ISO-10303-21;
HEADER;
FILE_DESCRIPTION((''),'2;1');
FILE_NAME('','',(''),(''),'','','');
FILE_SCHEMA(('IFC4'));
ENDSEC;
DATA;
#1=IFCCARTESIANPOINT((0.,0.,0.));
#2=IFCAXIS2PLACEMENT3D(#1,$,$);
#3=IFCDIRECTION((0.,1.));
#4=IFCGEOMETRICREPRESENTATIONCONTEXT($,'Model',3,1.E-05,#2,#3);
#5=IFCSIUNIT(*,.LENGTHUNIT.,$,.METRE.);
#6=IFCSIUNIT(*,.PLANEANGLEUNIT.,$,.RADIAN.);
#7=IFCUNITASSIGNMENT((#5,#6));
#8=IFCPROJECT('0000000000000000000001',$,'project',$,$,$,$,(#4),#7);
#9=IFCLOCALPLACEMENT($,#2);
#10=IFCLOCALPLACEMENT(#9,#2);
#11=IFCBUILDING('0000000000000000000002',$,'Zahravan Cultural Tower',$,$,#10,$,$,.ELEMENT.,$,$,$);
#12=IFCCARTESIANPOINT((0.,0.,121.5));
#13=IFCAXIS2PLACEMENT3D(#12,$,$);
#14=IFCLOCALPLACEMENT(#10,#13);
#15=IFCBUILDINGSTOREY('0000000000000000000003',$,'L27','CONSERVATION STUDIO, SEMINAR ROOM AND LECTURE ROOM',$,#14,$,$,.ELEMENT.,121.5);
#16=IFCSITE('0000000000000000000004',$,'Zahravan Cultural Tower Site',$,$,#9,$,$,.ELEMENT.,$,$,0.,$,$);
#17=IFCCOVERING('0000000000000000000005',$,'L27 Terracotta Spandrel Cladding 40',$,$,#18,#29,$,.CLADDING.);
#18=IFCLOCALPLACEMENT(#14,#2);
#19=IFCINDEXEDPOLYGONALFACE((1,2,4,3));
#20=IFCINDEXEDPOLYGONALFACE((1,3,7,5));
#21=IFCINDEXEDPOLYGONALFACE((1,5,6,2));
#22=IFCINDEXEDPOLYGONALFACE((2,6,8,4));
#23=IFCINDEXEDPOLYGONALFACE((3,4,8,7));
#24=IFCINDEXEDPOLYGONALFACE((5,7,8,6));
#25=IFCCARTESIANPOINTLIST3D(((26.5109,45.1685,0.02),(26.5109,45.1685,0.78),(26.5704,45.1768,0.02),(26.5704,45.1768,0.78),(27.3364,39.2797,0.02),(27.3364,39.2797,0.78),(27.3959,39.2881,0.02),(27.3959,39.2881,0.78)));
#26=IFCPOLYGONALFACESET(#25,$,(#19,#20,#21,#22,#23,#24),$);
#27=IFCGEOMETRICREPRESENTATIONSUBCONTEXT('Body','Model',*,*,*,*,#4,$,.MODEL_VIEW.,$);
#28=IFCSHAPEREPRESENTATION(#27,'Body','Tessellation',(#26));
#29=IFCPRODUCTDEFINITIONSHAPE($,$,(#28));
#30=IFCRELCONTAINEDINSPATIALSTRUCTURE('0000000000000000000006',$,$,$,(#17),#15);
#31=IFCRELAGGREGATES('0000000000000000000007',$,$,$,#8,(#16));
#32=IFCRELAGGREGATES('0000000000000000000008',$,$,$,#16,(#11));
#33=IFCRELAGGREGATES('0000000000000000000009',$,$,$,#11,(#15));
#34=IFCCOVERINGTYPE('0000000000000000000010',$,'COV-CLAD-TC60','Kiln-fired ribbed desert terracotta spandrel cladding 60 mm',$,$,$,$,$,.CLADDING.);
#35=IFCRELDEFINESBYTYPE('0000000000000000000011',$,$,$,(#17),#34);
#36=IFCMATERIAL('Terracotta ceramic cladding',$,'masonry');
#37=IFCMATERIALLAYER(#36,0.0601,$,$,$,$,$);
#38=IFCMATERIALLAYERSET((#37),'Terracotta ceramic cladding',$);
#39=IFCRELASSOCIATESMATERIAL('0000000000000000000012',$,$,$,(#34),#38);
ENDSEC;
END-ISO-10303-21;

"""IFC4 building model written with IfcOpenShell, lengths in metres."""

from ifc_helpers import new_model, si_unit, direction, frame, origin, origin_2d, place, context, subcontext, project, spatial, rectangle, extrude, source, transform, mapped, material, layer, layer_set, type_object, element, save


model = new_model("IFC4")

# Units and contexts
model_context = context("Model", 3, precision=1e-05, world=origin(), true_north=direction((0.0, 1.0)))
body_context = subcontext(model_context, "Body", "Model", "MODEL_VIEW")
ifc_project = project(units=[si_unit("LENGTHUNIT", "METRE"), si_unit("PLANEANGLEUNIT", "RADIAN")], contexts=[model_context])

# Site, building, storey
site_placement = place(None, origin())
site = spatial("IfcSite", under=ifc_project, at=site_placement, Name="Zahravan Cultural Tower Site", CompositionType="ELEMENT", RefElevation=0.0)
building_placement = place(site_placement, origin())
building = spatial("IfcBuilding", under=site, at=building_placement, Name="Zahravan Cultural Tower", CompositionType="ELEMENT")
storey_placement = place(building_placement, frame((0.0, 0.0, 121.5)))
storey = spatial("IfcBuildingStorey", under=building, at=storey_placement, Name="L27", Description="CONSERVATION STUDIO, SEMINAR ROOM AND LECTURE ROOM", CompositionType="ELEMENT", Elevation=121.5)

# Covering
ifc_material_1 = material(Name="Terracotta ceramic cladding", Category="masonry")
ifc_layer_1 = layer(ifc_material_1, 0.0601)
ifc_layer_set_1 = layer_set([ifc_layer_1], Name="Terracotta ceramic cladding")
covering_type = type_object("IfcCoveringType", Name="COV-CLAD-TC60", Description="Kiln-fired ribbed desert terracotta spandrel cladding 60 mm", PredefinedType="CLADDING", material=ifc_layer_set_1)
shared_shape_1 = source(origin(), body_context, "Body", "SweptSolid", [
    extrude(rectangle(XDim=5.9463, YDim=0.0601, at=origin_2d()), origin(), (0.0, 0.0, 1.0), 0.76),
])
covering_1_placement = place(storey_placement, frame((26.9534, 42.2283, 0.02), z_axis=(0.0, 0.0, 1.0), x_axis=(-0.138827, 0.990317, 0.0)))
element("IfcCovering", 1, at=covering_1_placement, inside=storey, type_object=covering_type, Name="L27 Terracotta Spandrel Cladding 40", PredefinedType="CLADDING", context=body_context, shape_type="MappedRepresentation", body=[
    mapped(shared_shape_1, transform((0.0, 0.0, 0.0), x_axis=(1.0, 0.0, 0.0), y_axis=(0.0, 1.0, 0.0), z_axis=(0.0, 0.0, 1.0), scale=1.0)),
])

save(model, "model.ifc")
